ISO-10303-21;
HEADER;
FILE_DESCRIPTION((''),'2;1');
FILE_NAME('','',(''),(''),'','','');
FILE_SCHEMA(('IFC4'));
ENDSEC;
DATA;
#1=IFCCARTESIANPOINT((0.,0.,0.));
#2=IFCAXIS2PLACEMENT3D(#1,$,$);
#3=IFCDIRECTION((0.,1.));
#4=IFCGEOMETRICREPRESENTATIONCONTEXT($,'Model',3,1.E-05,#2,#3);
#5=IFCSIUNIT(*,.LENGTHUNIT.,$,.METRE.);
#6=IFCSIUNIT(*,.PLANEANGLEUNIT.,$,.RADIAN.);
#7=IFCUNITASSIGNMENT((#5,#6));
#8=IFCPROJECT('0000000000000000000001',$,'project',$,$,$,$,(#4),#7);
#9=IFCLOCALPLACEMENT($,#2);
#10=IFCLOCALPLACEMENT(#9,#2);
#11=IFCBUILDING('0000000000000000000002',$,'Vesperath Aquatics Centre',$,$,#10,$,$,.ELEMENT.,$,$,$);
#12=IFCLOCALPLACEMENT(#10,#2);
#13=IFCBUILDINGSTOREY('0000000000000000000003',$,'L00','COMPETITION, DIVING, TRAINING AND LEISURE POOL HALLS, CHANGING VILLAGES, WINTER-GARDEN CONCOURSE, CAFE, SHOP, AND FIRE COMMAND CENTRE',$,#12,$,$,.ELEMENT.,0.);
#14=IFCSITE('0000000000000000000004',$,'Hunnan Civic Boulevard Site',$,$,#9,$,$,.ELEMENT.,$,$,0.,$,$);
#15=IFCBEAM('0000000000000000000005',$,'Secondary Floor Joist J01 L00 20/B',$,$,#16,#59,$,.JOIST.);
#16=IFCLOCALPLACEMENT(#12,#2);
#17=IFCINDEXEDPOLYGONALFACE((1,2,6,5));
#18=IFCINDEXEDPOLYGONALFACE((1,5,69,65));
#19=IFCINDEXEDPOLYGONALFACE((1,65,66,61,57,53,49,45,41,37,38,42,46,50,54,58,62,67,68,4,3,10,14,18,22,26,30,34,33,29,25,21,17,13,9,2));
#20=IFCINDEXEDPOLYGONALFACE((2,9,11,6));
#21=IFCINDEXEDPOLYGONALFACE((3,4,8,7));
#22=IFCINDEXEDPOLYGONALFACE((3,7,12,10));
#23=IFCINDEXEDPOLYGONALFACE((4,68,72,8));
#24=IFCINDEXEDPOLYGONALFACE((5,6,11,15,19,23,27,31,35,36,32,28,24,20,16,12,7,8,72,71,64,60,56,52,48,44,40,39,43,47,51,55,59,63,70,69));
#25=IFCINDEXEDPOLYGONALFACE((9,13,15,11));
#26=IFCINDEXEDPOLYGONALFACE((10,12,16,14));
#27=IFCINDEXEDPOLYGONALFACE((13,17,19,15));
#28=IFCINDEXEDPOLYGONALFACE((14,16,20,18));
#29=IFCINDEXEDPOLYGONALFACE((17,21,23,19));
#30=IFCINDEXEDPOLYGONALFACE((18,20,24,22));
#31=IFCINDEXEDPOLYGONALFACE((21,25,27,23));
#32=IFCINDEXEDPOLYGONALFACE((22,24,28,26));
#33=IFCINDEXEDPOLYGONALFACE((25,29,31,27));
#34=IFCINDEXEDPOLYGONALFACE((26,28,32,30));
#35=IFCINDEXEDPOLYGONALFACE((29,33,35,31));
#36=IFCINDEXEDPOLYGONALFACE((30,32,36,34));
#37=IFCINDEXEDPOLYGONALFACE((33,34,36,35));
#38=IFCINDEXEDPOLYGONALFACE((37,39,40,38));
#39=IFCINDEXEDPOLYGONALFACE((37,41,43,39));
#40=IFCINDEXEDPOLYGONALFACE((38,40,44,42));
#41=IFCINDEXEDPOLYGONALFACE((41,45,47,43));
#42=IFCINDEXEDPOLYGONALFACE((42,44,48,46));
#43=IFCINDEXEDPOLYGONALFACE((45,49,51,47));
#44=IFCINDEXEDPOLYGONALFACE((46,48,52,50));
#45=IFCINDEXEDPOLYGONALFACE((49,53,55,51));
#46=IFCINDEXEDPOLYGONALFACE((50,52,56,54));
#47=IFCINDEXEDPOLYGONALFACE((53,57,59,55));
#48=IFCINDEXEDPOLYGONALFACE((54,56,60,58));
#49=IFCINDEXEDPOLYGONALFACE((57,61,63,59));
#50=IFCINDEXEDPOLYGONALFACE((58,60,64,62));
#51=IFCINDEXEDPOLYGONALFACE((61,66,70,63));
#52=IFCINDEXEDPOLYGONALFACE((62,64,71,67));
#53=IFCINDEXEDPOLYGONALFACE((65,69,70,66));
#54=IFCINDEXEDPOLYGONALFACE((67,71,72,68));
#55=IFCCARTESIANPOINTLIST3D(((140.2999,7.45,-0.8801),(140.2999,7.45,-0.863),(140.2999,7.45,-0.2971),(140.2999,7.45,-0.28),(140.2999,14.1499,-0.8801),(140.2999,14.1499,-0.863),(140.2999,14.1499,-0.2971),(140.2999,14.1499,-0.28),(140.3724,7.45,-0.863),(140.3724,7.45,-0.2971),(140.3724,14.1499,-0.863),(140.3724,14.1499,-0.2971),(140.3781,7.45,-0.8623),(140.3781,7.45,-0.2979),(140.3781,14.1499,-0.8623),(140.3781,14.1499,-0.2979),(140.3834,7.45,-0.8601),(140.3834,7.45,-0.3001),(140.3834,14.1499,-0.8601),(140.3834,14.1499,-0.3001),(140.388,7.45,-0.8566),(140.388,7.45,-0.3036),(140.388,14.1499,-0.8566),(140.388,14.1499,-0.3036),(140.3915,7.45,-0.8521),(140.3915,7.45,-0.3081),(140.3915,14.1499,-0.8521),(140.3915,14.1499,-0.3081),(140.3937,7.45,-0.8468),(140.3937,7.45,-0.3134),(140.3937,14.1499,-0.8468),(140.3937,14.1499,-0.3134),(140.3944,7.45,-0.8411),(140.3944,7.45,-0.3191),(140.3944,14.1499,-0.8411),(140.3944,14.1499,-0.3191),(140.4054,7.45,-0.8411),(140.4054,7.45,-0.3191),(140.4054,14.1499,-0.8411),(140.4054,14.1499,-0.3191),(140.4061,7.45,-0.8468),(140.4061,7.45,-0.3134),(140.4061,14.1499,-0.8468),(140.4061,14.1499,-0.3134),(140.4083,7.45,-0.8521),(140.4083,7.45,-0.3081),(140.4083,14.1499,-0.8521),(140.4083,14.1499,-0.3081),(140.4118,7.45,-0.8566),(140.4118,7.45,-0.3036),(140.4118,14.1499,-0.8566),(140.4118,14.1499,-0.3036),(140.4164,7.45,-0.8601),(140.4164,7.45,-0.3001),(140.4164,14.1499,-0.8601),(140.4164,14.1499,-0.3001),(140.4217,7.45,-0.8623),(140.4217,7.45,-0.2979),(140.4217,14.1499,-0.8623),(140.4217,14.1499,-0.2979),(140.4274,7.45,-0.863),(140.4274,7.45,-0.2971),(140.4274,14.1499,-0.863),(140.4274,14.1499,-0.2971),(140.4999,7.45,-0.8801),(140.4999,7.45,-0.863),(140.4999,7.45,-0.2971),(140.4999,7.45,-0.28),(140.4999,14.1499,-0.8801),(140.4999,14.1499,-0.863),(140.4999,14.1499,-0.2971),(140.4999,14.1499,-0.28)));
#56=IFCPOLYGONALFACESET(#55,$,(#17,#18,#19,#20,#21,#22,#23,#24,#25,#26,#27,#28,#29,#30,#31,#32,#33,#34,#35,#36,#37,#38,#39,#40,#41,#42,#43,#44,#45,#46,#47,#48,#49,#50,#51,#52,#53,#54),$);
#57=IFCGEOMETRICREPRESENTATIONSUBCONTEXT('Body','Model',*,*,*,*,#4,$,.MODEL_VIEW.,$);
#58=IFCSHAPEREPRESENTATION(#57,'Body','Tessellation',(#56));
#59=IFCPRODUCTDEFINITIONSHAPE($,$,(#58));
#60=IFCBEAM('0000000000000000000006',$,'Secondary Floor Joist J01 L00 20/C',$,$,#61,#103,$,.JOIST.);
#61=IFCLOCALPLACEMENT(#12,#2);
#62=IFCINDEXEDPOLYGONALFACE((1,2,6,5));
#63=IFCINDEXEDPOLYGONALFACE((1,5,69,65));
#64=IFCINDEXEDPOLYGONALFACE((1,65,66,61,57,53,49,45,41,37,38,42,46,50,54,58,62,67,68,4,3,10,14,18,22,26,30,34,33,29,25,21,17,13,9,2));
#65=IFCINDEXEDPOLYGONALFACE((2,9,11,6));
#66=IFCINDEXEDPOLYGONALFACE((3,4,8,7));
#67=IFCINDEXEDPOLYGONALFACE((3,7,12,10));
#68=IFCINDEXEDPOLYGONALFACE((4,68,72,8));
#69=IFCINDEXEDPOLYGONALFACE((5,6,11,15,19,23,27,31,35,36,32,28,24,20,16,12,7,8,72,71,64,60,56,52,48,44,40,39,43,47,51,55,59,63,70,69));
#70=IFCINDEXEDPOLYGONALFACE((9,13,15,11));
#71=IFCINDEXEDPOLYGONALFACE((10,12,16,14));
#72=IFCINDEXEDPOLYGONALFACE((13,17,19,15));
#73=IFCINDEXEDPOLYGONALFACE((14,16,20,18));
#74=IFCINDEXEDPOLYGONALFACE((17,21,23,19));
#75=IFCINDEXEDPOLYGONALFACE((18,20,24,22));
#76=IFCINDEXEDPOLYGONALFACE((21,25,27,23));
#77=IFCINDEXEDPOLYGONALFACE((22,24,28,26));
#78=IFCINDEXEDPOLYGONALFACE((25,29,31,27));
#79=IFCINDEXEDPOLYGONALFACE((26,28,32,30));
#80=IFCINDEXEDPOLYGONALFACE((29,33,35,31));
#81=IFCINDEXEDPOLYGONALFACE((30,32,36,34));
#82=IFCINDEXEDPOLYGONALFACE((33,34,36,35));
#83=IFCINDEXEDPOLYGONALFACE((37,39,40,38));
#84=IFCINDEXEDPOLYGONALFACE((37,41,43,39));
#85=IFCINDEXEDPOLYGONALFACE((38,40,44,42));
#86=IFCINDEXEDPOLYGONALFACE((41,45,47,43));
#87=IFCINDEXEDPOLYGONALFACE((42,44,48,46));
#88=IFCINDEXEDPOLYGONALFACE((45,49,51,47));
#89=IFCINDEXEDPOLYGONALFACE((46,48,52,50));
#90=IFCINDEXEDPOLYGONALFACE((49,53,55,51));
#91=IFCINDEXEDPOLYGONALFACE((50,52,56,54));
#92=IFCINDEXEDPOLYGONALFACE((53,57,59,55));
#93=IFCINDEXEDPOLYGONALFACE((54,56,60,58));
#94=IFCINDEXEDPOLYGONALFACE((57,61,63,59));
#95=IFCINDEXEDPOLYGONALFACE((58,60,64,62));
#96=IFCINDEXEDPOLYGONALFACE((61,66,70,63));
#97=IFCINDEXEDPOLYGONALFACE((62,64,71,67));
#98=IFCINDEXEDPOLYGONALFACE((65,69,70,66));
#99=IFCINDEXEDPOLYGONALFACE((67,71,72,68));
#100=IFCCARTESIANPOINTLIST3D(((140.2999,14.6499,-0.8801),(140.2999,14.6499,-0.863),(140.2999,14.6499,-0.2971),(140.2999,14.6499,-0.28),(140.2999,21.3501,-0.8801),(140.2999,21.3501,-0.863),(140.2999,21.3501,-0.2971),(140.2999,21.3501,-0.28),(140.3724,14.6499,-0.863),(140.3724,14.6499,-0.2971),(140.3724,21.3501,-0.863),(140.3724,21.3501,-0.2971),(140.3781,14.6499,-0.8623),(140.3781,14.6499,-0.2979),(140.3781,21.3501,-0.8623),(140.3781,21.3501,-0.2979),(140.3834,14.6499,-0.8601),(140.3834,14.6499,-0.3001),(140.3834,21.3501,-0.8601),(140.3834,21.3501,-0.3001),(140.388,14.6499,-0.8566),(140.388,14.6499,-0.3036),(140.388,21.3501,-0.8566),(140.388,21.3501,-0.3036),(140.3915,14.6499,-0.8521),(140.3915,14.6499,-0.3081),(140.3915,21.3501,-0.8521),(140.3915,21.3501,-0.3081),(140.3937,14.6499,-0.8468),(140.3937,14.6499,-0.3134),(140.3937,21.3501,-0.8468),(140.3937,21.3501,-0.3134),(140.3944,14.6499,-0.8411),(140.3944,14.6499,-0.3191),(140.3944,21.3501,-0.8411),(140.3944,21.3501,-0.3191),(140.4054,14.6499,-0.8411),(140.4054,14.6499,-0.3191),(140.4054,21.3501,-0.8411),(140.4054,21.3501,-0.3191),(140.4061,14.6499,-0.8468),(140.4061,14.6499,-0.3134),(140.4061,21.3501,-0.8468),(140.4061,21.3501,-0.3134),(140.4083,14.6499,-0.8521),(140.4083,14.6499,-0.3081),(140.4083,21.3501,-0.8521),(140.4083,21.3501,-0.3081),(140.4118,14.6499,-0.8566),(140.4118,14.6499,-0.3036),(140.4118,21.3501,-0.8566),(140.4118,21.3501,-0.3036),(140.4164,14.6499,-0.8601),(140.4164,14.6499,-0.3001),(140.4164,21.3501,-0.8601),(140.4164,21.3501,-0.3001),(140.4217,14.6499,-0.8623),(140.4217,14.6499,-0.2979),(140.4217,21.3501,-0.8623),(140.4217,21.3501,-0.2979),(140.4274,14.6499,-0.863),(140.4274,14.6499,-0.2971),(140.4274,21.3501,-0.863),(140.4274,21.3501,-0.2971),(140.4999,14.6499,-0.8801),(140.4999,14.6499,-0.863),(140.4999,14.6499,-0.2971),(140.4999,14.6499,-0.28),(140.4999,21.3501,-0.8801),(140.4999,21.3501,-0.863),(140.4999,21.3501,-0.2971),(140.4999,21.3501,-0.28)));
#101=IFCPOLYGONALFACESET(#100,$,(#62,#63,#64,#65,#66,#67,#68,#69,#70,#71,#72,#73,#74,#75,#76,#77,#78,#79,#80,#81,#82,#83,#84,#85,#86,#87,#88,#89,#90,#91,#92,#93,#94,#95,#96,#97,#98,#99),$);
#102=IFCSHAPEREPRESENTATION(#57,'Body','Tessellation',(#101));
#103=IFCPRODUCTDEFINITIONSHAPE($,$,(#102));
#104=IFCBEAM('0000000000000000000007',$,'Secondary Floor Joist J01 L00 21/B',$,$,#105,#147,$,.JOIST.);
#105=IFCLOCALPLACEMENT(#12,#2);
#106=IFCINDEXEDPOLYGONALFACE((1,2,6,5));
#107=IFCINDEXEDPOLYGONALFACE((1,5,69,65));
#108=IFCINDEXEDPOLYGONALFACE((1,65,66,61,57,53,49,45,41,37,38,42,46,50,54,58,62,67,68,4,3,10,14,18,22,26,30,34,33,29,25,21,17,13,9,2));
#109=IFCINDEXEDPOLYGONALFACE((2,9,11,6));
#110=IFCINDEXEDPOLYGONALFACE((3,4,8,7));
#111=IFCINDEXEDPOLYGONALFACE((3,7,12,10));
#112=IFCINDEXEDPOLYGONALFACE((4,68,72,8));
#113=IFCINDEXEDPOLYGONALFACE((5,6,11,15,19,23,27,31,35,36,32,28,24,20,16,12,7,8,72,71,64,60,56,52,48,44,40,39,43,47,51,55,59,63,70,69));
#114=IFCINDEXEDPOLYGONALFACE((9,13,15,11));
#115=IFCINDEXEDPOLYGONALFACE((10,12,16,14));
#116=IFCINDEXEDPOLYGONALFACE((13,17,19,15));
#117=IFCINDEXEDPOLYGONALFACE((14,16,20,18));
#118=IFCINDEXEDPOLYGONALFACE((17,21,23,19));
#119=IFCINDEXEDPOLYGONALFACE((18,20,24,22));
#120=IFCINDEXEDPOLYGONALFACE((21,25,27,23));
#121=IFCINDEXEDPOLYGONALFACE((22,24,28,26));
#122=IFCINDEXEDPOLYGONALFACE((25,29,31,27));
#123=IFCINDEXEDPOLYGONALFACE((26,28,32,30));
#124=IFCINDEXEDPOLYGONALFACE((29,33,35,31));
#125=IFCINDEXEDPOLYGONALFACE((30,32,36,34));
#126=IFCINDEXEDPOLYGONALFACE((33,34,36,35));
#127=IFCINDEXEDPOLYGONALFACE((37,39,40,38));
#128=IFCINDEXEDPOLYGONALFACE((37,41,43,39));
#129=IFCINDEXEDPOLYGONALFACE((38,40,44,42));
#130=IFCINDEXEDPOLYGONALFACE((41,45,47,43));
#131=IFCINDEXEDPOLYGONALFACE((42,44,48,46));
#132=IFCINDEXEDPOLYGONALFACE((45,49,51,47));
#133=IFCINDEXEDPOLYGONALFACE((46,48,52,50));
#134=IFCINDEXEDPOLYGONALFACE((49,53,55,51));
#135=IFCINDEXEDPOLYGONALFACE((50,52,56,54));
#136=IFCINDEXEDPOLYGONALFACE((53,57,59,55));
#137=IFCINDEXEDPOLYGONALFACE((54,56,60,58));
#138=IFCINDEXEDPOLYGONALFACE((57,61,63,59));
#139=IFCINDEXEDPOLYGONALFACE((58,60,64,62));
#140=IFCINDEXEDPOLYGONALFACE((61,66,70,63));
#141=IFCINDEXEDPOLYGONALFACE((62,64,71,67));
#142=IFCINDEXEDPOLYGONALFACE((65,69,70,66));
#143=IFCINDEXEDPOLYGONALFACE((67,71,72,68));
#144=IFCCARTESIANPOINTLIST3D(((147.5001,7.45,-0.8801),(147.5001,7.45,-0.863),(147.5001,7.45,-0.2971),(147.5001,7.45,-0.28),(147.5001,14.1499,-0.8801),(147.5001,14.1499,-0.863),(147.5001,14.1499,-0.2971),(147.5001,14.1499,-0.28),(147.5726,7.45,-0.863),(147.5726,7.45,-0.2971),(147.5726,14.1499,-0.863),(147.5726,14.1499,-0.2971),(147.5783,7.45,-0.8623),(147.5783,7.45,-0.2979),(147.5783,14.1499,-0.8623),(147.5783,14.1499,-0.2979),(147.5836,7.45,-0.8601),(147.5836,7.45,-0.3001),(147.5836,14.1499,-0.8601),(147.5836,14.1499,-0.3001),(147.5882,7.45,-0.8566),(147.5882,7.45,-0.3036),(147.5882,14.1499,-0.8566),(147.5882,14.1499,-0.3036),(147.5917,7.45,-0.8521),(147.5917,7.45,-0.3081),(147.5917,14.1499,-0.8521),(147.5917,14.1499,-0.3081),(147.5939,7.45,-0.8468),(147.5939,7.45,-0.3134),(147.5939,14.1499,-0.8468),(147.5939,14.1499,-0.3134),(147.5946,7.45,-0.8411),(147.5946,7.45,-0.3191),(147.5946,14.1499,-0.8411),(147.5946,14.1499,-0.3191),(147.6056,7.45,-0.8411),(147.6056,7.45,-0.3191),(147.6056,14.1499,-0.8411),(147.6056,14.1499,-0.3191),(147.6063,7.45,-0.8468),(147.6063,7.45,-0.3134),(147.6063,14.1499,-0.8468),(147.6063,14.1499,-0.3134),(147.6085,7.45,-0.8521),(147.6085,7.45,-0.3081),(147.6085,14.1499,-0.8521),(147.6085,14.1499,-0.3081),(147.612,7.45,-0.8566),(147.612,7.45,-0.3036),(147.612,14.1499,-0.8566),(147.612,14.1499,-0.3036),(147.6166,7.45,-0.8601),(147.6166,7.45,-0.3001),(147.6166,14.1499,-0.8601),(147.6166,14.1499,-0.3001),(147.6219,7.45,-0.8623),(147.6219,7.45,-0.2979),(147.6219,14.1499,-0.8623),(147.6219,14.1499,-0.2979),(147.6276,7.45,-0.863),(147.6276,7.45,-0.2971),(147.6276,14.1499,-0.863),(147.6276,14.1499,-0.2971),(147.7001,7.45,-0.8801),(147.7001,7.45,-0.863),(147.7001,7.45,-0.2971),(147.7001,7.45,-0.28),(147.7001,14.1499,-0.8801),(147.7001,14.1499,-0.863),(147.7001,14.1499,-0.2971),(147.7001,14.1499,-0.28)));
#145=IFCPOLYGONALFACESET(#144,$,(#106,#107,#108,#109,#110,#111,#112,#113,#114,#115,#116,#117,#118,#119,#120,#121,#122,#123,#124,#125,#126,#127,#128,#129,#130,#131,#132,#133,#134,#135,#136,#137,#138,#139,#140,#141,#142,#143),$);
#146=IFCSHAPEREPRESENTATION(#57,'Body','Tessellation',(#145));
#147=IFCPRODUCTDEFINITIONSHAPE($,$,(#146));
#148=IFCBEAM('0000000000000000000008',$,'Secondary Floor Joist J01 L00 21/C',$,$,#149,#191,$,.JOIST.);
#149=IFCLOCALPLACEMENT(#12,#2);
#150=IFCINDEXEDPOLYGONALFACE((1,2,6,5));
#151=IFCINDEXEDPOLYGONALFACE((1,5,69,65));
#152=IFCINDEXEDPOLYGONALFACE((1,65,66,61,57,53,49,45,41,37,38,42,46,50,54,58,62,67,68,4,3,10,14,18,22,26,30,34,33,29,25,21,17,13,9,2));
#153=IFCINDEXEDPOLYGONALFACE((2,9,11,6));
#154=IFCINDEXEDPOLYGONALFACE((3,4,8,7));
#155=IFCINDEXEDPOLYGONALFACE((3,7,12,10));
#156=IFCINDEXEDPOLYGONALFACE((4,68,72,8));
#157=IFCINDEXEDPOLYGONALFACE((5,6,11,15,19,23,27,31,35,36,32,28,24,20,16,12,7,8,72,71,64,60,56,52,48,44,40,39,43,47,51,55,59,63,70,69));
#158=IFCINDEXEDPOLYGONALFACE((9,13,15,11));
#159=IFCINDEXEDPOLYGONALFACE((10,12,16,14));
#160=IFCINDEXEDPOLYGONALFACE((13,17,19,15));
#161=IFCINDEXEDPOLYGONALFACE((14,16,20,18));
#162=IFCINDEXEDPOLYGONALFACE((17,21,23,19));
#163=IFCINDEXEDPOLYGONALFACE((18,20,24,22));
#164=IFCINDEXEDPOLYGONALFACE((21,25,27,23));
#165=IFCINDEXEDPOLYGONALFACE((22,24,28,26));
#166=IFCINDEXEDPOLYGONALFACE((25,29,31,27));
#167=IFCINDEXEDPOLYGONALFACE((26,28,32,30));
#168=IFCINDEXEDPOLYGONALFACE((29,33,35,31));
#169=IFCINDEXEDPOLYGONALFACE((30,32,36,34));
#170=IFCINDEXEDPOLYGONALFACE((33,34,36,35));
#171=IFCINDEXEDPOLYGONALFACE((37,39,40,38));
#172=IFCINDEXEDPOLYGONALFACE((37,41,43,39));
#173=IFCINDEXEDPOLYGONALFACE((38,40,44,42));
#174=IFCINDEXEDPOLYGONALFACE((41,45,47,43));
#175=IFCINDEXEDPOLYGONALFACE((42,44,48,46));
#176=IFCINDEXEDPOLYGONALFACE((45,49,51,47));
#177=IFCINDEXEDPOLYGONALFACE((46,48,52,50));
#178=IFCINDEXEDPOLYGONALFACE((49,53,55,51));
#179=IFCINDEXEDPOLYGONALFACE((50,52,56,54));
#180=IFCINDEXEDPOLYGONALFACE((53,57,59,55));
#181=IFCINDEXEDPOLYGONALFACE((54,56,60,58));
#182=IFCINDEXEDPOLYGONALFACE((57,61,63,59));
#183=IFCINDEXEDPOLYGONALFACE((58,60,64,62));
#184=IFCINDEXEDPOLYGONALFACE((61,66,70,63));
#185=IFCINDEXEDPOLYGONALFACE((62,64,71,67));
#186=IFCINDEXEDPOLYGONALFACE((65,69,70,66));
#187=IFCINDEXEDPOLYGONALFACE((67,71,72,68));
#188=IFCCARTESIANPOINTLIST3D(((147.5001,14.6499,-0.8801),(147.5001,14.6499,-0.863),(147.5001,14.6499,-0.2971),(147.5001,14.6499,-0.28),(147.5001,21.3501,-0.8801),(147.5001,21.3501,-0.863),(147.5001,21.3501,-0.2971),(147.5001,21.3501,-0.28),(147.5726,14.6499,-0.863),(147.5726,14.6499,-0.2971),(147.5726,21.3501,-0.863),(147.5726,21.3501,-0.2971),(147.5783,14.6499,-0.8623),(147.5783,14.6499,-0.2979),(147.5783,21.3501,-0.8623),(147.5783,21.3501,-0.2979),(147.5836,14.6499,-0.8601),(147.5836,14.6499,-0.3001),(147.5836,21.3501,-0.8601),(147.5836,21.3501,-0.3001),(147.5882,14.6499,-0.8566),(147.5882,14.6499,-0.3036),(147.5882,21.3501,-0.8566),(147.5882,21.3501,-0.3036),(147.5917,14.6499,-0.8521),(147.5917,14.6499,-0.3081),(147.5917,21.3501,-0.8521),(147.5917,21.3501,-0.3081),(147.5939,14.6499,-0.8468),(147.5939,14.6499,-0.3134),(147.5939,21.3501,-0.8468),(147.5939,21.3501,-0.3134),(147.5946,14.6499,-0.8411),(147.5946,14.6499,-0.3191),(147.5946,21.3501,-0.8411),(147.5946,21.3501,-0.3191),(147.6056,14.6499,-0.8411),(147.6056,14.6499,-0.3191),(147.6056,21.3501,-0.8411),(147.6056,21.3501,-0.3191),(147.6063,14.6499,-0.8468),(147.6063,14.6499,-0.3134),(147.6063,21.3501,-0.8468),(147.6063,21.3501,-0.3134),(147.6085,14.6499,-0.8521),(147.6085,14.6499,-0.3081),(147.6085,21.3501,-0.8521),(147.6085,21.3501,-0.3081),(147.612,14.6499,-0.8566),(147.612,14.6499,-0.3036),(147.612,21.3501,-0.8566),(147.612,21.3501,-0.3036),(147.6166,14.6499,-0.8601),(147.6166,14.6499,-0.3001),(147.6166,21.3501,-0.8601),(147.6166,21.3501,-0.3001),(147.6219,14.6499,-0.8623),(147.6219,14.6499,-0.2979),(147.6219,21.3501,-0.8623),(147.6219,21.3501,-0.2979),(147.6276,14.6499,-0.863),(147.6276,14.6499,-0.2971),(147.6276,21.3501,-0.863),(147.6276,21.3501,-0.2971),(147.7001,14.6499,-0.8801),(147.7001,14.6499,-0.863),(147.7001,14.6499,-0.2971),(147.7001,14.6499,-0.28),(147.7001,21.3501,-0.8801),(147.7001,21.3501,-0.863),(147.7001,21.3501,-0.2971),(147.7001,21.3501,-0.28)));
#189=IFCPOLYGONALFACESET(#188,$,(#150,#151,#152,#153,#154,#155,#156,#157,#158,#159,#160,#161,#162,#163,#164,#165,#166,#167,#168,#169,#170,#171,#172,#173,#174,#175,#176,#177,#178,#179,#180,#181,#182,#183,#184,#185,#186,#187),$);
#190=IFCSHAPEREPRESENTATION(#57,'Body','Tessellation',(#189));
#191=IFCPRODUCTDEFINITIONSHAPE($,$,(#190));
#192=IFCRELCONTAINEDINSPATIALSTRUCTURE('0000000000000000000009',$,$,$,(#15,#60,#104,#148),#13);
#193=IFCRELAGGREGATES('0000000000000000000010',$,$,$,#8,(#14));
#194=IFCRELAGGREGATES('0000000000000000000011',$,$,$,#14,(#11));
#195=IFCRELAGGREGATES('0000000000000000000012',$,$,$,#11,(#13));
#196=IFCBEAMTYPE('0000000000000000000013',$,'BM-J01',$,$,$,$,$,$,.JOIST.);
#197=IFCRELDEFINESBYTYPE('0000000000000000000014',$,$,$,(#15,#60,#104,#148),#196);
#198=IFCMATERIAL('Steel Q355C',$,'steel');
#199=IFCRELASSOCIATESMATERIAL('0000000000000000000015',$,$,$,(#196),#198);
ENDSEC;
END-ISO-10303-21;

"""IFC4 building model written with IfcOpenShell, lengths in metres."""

from ifc_helpers import new_model, si_unit, direction, frame, origin, origin_2d, place, context, subcontext, project, spatial, i_section, extrude, material, material_profile, profile_set, type_object, element, save


model = new_model("IFC4")

# Units and contexts
model_context = context("Model", 3, precision=1e-05, world=origin(), true_north=direction((0.0, 1.0)))
body_context = subcontext(model_context, "Body", "Model", "MODEL_VIEW")
ifc_project = project(units=[si_unit("LENGTHUNIT", "METRE"), si_unit("PLANEANGLEUNIT", "RADIAN")], contexts=[model_context])

# Site, building, storey
site_placement = place(None, origin())
site = spatial("IfcSite", under=ifc_project, at=site_placement, Name="Hunnan Civic Boulevard Site", CompositionType="ELEMENT", RefElevation=0.0)
building_placement = place(site_placement, origin())
building = spatial("IfcBuilding", under=site, at=building_placement, Name="Vesperath Aquatics Centre", CompositionType="ELEMENT")
storey_placement = place(building_placement, origin())
storey = spatial("IfcBuildingStorey", under=building, at=storey_placement, Name="L00", Description="COMPETITION, DIVING, TRAINING AND LEISURE POOL HALLS, CHANGING VILLAGES, WINTER-GARDEN CONCOURSE, CAFE, SHOP, AND FIRE COMMAND CENTRE", CompositionType="ELEMENT", Elevation=0.0)

# Beams
ifc_material_1 = material(Name="Steel Q355C", Category="steel")
ifc_material_profile_1 = material_profile(ifc_material_1, i_section(OverallWidth=0.2, OverallDepth=0.6001, WebThickness=0.011, FlangeThickness=0.0171, FilletRadius=0.022, at=origin_2d()), Name="HN 600x200x11x17")
ifc_profile_set_1 = profile_set([ifc_material_profile_1], Name="Steel Q355C")
beam_type_1 = type_object("IfcBeamType", Name="BM-J01", PredefinedType="JOIST", material=ifc_profile_set_1)
beam_1_placement = place(storey_placement, frame((140.3999, 7.45, -0.5801), z_axis=(0.0, 1.0, 0.0), x_axis=(-1.0, 0.0, 0.0)))
element("IfcBeam", 1, at=beam_1_placement, inside=storey, type_object=beam_type_1, Name="Secondary Floor Joist J01 L00 20/B", PredefinedType="JOIST", context=body_context, shape_type="SweptSolid", body=[
    extrude(i_section(OverallWidth=0.2, OverallDepth=0.6001, WebThickness=0.011, FlangeThickness=0.0171, FilletRadius=0.022, at=origin_2d()), origin(), (0.0, 0.0, 1.0), 6.7),
])
beam_2_placement = place(storey_placement, frame((140.3999, 14.6499, -0.5801), z_axis=(0.0, 1.0, 0.0), x_axis=(-1.0, 0.0, 0.0)))
element("IfcBeam", 2, at=beam_2_placement, inside=storey, type_object=beam_type_1, Name="Secondary Floor Joist J01 L00 20/C", PredefinedType="JOIST", context=body_context, shape_type="SweptSolid", body=[
    extrude(i_section(OverallWidth=0.2, OverallDepth=0.6001, WebThickness=0.011, FlangeThickness=0.0171, FilletRadius=0.022, at=origin_2d()), origin(), (0.0, 0.0, 1.0), 6.7002),
])
beam_3_placement = place(storey_placement, frame((147.6001, 7.45, -0.5801), z_axis=(0.0, 1.0, 0.0), x_axis=(-1.0, 0.0, 0.0)))
element("IfcBeam", 3, at=beam_3_placement, inside=storey, type_object=beam_type_1, Name="Secondary Floor Joist J01 L00 21/B", PredefinedType="JOIST", context=body_context, shape_type="SweptSolid", body=[
    extrude(i_section(OverallWidth=0.2, OverallDepth=0.6001, WebThickness=0.011, FlangeThickness=0.0171, FilletRadius=0.022, at=origin_2d()), origin(), (0.0, 0.0, 1.0), 6.7),
])
beam_4_placement = place(storey_placement, frame((147.6001, 14.6499, -0.5801), z_axis=(0.0, 1.0, 0.0), x_axis=(-1.0, 0.0, 0.0)))
element("IfcBeam", 4, at=beam_4_placement, inside=storey, type_object=beam_type_1, Name="Secondary Floor Joist J01 L00 21/C", PredefinedType="JOIST", context=body_context, shape_type="SweptSolid", body=[
    extrude(i_section(OverallWidth=0.2, OverallDepth=0.6001, WebThickness=0.011, FlangeThickness=0.0171, FilletRadius=0.022, at=origin_2d()), origin(), (0.0, 0.0, 1.0), 6.7002),
])

save(model, "model.ifc")
